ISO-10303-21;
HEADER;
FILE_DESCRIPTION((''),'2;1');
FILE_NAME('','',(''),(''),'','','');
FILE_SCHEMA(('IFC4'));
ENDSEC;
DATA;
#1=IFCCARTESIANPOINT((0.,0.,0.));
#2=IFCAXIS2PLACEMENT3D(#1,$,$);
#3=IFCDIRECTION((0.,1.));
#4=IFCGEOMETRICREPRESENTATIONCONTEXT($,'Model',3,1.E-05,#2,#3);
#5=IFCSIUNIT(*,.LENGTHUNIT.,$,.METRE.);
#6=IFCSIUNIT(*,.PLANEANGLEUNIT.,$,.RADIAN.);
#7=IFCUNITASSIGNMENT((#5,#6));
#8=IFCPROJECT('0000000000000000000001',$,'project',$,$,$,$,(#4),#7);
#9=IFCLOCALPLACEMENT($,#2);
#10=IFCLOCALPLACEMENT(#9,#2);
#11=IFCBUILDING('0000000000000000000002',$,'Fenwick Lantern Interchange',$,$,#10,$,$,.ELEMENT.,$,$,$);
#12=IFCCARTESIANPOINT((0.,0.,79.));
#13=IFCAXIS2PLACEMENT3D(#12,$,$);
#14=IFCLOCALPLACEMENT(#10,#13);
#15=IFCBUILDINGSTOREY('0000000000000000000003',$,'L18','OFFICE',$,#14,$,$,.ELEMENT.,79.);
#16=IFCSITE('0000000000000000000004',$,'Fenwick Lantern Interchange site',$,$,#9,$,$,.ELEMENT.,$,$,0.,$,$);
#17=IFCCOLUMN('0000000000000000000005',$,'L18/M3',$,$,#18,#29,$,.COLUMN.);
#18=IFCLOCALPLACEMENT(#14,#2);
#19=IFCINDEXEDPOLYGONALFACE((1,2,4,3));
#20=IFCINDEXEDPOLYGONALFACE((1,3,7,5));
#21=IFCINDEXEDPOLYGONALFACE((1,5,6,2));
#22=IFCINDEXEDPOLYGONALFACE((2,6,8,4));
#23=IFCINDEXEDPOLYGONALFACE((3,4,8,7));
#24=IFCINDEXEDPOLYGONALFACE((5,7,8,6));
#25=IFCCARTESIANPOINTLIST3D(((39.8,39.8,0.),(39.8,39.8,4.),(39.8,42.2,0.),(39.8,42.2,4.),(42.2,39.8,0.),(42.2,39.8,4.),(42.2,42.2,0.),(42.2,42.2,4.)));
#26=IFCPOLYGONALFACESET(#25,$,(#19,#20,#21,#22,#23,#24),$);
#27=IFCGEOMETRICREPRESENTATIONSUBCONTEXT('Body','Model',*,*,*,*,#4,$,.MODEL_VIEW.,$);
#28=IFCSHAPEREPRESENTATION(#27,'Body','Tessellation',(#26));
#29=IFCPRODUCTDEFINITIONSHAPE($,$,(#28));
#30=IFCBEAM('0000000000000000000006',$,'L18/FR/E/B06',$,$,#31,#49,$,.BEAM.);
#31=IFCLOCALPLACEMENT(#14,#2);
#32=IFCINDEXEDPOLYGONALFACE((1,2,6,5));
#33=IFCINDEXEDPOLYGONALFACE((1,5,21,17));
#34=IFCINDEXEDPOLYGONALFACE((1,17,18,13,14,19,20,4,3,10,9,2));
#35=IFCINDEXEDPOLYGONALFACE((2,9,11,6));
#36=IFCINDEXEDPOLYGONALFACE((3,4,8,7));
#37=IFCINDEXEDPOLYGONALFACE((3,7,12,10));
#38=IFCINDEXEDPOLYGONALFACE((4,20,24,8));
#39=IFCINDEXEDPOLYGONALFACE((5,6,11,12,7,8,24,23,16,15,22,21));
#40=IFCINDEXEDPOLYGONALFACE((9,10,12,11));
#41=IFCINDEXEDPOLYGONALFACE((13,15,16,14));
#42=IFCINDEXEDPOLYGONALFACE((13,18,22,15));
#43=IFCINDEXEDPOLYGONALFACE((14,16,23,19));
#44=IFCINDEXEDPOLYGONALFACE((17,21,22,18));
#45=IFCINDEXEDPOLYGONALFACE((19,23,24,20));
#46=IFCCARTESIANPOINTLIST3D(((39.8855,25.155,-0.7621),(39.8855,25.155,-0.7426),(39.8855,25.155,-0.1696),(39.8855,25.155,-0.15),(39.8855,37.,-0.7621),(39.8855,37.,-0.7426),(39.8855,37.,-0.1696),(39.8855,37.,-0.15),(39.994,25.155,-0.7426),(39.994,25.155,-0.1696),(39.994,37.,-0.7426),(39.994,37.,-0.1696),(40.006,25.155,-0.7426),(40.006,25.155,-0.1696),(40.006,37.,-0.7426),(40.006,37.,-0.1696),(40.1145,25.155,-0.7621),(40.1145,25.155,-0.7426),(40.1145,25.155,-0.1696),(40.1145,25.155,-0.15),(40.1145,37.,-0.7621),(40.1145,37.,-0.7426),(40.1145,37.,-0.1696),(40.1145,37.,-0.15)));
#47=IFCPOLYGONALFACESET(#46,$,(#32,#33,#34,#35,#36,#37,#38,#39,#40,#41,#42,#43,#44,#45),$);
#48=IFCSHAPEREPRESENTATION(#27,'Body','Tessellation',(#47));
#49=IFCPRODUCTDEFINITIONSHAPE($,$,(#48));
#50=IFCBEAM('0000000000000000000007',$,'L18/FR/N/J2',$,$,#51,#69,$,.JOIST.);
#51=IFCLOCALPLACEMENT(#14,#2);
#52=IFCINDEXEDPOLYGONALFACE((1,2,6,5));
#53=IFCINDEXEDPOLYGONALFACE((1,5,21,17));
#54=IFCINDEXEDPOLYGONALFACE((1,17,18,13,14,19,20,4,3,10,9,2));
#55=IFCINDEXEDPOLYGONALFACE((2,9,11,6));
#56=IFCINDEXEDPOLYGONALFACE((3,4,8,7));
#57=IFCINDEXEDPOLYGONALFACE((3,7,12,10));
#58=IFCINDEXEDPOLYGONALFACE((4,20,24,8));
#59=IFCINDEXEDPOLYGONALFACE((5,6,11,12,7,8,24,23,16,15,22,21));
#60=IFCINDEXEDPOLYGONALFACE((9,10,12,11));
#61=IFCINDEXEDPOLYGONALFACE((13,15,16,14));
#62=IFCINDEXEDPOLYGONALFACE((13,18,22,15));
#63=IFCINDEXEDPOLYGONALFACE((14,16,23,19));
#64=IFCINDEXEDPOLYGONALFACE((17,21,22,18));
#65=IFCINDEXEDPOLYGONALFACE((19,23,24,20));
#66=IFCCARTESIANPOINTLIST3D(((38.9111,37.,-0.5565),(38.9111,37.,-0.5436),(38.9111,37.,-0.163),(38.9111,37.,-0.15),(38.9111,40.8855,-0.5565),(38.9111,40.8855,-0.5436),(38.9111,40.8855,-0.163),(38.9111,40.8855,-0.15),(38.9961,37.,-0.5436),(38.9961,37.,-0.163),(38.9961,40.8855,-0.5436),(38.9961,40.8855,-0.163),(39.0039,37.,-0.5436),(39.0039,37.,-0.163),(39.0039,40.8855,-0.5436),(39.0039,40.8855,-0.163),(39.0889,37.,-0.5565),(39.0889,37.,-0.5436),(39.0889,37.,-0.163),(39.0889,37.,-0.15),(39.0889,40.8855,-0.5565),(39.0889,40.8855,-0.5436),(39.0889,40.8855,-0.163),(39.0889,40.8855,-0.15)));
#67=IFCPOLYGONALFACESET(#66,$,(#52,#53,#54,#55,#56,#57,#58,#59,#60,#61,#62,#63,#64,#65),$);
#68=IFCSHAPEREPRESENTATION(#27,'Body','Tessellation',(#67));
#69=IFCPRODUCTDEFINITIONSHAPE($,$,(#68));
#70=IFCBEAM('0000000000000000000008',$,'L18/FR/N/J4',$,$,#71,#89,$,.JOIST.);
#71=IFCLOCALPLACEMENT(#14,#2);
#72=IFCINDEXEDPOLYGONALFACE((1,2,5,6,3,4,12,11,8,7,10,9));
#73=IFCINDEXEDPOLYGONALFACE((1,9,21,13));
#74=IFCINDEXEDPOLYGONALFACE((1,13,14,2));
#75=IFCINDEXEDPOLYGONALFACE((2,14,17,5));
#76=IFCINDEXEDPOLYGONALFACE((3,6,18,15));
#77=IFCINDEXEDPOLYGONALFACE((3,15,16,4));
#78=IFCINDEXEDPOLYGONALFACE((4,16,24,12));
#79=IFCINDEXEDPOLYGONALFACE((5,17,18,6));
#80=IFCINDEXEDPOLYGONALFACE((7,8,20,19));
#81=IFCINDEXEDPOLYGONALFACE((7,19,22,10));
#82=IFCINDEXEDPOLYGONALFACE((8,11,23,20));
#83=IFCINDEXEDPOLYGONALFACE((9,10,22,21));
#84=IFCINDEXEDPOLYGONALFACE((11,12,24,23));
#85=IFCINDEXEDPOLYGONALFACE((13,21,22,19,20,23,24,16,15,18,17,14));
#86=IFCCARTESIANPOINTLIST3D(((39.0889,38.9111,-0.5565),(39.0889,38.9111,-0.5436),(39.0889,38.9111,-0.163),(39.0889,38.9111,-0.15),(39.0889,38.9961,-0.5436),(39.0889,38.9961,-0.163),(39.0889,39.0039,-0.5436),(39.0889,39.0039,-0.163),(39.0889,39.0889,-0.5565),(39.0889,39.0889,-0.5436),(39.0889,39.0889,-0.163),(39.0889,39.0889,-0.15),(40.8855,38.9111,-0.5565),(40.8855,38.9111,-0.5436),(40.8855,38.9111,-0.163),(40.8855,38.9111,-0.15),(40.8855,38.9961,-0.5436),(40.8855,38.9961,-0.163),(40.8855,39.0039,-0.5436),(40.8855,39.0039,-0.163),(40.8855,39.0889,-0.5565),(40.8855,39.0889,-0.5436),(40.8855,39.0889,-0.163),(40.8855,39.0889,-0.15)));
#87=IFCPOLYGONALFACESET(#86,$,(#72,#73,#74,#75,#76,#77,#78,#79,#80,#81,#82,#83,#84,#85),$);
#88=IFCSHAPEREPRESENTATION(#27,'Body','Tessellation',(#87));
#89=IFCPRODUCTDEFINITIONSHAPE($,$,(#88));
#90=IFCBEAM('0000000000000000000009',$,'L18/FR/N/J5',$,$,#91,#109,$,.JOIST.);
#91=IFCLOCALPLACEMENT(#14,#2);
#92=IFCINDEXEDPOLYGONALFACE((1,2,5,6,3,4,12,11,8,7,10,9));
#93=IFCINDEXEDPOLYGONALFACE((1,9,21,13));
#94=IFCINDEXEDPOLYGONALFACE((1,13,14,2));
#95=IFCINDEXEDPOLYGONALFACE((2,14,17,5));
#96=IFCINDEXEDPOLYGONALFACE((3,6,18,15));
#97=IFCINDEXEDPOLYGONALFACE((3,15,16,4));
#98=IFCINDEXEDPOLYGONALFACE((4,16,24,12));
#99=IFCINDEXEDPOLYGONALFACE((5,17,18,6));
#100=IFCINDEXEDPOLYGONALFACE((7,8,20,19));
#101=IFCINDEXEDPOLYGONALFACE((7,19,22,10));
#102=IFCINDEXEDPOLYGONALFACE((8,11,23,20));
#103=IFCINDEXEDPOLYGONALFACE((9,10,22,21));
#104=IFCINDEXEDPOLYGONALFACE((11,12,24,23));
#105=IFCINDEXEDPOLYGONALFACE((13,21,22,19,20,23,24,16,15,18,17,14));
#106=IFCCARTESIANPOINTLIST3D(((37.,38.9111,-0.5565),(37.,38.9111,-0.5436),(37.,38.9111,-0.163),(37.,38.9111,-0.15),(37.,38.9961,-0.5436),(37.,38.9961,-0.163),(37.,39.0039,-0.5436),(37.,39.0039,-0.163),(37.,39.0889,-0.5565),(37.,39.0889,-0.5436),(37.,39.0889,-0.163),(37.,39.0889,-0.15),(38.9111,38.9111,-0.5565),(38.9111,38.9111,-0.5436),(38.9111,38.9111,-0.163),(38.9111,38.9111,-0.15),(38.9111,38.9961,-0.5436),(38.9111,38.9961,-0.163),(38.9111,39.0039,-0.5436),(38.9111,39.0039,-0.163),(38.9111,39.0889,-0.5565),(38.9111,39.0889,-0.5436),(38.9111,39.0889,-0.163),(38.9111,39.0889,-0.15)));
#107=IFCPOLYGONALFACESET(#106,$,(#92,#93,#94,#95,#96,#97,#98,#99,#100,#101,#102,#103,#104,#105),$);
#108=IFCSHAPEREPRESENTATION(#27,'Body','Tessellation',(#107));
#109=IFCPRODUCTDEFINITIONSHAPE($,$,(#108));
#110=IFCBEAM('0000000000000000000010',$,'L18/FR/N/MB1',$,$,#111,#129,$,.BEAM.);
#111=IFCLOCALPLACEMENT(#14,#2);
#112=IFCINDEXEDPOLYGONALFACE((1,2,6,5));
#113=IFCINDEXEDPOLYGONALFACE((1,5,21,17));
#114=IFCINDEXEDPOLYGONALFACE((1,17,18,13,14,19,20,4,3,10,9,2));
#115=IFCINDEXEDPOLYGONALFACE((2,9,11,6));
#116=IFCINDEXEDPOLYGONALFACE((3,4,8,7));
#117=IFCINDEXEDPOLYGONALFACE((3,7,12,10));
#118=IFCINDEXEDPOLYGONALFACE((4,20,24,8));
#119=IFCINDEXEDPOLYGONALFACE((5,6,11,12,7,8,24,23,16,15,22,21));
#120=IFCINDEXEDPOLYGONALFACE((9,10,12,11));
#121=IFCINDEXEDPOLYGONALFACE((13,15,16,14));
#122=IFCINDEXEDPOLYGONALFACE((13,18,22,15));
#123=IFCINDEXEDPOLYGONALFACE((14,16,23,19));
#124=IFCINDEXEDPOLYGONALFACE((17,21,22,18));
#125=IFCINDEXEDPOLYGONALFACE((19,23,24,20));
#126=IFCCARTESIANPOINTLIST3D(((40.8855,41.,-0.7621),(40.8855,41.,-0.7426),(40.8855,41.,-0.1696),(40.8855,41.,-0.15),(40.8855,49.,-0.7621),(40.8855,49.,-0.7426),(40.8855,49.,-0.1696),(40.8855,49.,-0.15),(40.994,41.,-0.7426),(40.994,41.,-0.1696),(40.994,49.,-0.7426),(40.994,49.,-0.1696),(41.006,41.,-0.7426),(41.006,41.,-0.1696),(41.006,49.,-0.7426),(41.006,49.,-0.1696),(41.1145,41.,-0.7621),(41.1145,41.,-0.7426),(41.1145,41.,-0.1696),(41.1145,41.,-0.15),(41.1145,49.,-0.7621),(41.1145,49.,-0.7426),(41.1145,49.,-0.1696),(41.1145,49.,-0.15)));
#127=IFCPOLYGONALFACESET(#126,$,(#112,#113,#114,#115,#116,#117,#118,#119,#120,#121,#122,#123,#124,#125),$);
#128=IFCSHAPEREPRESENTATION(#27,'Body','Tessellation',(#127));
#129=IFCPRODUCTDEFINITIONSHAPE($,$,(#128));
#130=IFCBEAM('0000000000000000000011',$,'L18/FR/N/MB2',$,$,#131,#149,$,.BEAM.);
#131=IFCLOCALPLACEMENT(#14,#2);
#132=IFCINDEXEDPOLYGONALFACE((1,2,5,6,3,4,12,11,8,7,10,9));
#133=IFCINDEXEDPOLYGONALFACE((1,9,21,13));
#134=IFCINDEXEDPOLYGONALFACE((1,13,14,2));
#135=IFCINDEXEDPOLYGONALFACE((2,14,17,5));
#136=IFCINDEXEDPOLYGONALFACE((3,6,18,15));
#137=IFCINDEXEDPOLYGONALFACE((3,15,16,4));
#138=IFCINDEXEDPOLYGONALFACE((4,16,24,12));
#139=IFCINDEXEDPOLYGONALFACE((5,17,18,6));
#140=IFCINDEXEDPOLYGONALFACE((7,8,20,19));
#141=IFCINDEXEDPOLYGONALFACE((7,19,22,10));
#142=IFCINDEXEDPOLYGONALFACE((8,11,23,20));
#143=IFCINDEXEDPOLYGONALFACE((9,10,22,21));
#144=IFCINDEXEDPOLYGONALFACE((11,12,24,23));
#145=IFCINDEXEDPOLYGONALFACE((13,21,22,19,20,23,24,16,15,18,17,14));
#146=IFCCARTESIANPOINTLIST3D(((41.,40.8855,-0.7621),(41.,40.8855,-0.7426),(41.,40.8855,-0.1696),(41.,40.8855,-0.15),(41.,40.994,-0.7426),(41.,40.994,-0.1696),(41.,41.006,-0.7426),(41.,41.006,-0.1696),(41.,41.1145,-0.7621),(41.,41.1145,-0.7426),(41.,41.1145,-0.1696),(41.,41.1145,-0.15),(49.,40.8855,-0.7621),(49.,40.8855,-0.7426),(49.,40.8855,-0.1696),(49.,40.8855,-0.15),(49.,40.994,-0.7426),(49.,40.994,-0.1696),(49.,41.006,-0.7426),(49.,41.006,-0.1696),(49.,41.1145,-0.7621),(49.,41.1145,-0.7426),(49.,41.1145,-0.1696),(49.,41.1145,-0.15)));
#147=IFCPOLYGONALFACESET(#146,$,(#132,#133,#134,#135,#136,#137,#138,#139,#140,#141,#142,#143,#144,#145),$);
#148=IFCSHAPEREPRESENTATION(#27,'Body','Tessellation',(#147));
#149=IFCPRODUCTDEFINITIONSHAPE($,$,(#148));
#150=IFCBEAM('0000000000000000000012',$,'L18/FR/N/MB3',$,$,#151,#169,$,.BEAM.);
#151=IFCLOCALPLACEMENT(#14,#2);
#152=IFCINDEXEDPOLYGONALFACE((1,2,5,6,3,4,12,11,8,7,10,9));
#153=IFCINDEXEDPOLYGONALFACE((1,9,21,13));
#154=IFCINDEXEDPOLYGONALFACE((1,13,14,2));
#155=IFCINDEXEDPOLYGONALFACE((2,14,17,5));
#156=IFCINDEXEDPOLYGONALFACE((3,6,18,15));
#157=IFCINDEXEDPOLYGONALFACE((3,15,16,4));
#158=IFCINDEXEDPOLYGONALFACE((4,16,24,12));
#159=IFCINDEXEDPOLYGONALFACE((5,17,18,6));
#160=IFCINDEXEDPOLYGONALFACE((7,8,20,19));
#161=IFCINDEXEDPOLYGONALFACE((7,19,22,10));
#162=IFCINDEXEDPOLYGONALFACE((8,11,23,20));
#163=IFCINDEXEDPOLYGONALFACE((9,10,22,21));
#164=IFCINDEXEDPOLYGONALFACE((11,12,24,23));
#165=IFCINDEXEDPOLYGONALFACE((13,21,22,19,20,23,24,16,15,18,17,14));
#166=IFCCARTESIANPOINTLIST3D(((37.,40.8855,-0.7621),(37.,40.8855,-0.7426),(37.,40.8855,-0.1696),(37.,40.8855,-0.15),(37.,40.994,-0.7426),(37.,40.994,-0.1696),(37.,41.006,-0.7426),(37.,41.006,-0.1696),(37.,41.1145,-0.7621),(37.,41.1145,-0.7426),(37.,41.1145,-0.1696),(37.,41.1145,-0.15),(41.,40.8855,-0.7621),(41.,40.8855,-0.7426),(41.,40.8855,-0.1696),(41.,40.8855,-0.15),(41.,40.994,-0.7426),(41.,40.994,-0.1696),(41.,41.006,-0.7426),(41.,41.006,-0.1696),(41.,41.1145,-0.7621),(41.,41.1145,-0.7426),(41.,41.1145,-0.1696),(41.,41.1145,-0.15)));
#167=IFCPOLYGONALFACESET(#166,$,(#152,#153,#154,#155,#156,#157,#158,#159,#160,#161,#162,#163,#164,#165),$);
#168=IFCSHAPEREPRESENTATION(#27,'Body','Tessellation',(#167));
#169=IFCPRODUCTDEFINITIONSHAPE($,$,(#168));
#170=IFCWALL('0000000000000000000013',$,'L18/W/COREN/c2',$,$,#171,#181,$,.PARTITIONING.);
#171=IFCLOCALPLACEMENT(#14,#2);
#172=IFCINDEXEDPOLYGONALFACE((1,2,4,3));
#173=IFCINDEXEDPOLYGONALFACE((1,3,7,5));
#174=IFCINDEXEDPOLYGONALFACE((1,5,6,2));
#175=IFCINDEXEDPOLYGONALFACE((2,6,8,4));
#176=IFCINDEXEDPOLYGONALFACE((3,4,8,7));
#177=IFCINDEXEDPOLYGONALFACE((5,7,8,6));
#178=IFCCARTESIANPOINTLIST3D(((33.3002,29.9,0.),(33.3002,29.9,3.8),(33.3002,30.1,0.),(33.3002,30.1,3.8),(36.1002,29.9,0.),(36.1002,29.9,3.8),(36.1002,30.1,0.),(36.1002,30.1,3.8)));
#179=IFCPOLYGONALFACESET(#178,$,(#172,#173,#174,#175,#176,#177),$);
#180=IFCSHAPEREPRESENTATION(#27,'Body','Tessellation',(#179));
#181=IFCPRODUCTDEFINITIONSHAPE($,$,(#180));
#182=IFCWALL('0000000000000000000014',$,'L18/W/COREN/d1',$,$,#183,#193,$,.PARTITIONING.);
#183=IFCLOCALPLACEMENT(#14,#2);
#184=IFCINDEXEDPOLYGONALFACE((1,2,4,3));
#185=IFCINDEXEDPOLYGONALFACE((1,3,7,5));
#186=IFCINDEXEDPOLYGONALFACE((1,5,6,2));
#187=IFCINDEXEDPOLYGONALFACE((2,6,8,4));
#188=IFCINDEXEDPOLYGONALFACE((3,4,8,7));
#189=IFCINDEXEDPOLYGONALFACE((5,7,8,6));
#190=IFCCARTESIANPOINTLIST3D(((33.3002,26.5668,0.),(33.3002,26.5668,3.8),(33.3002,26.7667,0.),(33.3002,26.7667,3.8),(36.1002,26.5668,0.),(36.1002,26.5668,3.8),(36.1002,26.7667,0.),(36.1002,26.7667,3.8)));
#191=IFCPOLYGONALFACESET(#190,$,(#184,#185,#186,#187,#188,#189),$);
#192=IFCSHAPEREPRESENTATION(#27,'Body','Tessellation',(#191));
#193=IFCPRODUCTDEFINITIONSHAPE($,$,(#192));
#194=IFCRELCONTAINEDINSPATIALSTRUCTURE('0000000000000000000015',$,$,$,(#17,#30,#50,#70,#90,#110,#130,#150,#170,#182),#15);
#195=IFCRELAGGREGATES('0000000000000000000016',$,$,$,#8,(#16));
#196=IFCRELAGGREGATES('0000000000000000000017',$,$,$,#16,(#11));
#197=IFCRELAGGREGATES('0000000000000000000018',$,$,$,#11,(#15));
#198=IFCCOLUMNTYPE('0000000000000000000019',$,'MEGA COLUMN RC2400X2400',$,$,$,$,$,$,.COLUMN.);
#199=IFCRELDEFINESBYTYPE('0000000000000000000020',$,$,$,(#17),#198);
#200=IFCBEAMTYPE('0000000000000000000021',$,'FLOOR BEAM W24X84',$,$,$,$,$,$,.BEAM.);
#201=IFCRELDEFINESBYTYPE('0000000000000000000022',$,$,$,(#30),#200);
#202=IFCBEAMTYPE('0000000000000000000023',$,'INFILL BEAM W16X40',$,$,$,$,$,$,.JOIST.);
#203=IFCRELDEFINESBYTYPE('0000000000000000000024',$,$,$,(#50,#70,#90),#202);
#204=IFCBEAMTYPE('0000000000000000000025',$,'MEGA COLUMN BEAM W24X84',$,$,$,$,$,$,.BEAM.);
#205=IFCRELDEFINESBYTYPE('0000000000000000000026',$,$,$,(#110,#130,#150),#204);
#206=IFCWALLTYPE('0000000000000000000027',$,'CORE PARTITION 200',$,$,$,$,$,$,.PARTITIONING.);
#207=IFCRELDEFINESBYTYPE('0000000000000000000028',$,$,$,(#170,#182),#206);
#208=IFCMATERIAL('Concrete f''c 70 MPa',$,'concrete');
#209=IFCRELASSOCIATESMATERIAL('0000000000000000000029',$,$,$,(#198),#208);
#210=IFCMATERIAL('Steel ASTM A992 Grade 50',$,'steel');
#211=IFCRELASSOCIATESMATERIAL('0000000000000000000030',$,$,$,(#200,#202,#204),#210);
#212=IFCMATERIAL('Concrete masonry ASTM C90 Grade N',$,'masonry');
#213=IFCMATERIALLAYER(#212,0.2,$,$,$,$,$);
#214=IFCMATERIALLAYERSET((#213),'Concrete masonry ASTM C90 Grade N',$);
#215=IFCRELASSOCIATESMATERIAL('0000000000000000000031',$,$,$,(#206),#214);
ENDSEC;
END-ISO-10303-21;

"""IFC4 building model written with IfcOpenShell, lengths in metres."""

from ifc_helpers import new_model, si_unit, direction, frame, frame_2d, origin, origin_2d, place, context, subcontext, project, spatial, rectangle, i_section, extrude, material, layer, layer_set, material_profile, profile_set, type_object, element, save


model = new_model("IFC4")

# Units and contexts
model_context = context("Model", 3, precision=1e-05, world=origin(), true_north=direction((0.0, 1.0)))
body_context = subcontext(model_context, "Body", "Model", "MODEL_VIEW")
ifc_project = project(units=[si_unit("LENGTHUNIT", "METRE"), si_unit("PLANEANGLEUNIT", "RADIAN")], contexts=[model_context])

# Site, building, storey
site_placement = place(None, origin())
site = spatial("IfcSite", under=ifc_project, at=site_placement, Name="Fenwick Lantern Interchange site", CompositionType="ELEMENT", RefElevation=0.0)
building_placement = place(site_placement, origin())
building = spatial("IfcBuilding", under=site, at=building_placement, Name="Fenwick Lantern Interchange", CompositionType="ELEMENT")
storey_placement = place(building_placement, frame((0.0, 0.0, 79.0)))
storey = spatial("IfcBuildingStorey", under=building, at=storey_placement, Name="L18", Description="OFFICE", CompositionType="ELEMENT", Elevation=79.0)

# Column
ifc_material_1 = material(Name="Concrete f'c 70 MPa", Category="concrete")
ifc_material_profile_1 = material_profile(ifc_material_1, rectangle(XDim=2.3999, YDim=2.3999, at=origin_2d()), Name="RC2400X2400")
ifc_profile_set_1 = profile_set([ifc_material_profile_1], Name="Concrete f'c 70 MPa")
column_type = type_object("IfcColumnType", Name="MEGA COLUMN RC2400X2400", PredefinedType="COLUMN", material=ifc_profile_set_1)
column_placement = place(storey_placement, frame((41.0, 41.0, 0.0), z_axis=(0.0, 0.0, 1.0), x_axis=(1.0, 0.0, 0.0)))
element("IfcColumn", 1, at=column_placement, inside=storey, type_object=column_type, Name="L18/M3", PredefinedType="COLUMN", context=body_context, shape_type="SweptSolid", body=[
    extrude(rectangle(XDim=2.3999, YDim=2.3999, at=origin_2d()), origin(), (0.0, 0.0, 1.0), 4.0),
])

# Beams
ifc_material_2 = material(Name="Steel ASTM A992 Grade 50", Category="steel")
ifc_material_profile_2 = material_profile(ifc_material_2, i_section(OverallWidth=0.229, OverallDepth=0.6121, WebThickness=0.012, FlangeThickness=0.0195, at=origin_2d()), Name="W24X84")
ifc_profile_set_2 = profile_set([ifc_material_profile_2], Name="Steel ASTM A992 Grade 50")
beam_type_1 = type_object("IfcBeamType", Name="FLOOR BEAM W24X84", PredefinedType="BEAM", material=ifc_profile_set_2)
beam_1_placement = place(storey_placement, frame((40.0, 25.155, -0.4561), z_axis=(0.0, 1.0, 0.0), x_axis=(-1.0, 0.0, 0.0)))
element("IfcBeam", 2, at=beam_1_placement, inside=storey, type_object=beam_type_1, Name="L18/FR/E/B06", PredefinedType="BEAM", context=body_context, shape_type="SweptSolid", body=[
    extrude(i_section(OverallWidth=0.229, OverallDepth=0.6121, WebThickness=0.012, FlangeThickness=0.0195, at=origin_2d()), origin(), (0.0, 0.0, 1.0), 11.845),
])
ifc_material_profile_3 = material_profile(ifc_material_2, i_section(OverallWidth=0.1777, OverallDepth=0.4065, WebThickness=0.0078, FlangeThickness=0.0129, at=origin_2d()), Name="W16X40")
ifc_profile_set_3 = profile_set([ifc_material_profile_3], Name="Steel ASTM A992 Grade 50")
beam_type_2 = type_object("IfcBeamType", Name="INFILL BEAM W16X40", PredefinedType="JOIST", material=ifc_profile_set_3)
beam_2_placement = place(storey_placement, frame((39.0, 40.8855, -0.3533), z_axis=(0.0, -1.0, 0.0), x_axis=(1.0, 0.0, 0.0)))
element("IfcBeam", 3, at=beam_2_placement, inside=storey, type_object=beam_type_2, Name="L18/FR/N/J2", PredefinedType="JOIST", context=body_context, shape_type="SweptSolid", body=[
    extrude(i_section(OverallWidth=0.1777, OverallDepth=0.4065, WebThickness=0.0078, FlangeThickness=0.0129, at=origin_2d()), origin(), (0.0, 0.0, 1.0), 3.8855),
])
beam_3_placement = place(storey_placement, frame((40.8855, 39.0, -0.3533), z_axis=(-1.0, 0.0, 0.0), x_axis=(0.0, -1.0, 0.0)))
element("IfcBeam", 4, at=beam_3_placement, inside=storey, type_object=beam_type_2, Name="L18/FR/N/J4", PredefinedType="JOIST", context=body_context, shape_type="SweptSolid", body=[
    extrude(i_section(OverallWidth=0.1777, OverallDepth=0.4065, WebThickness=0.0078, FlangeThickness=0.0129, at=origin_2d()), origin(), (0.0, 0.0, 1.0), 1.7966),
])
beam_4_placement = place(storey_placement, frame((38.9111, 39.0, -0.3533), z_axis=(-1.0, 0.0, 0.0), x_axis=(0.0, -1.0, 0.0)))
element("IfcBeam", 5, at=beam_4_placement, inside=storey, type_object=beam_type_2, Name="L18/FR/N/J5", PredefinedType="JOIST", context=body_context, shape_type="SweptSolid", body=[
    extrude(i_section(OverallWidth=0.1777, OverallDepth=0.4065, WebThickness=0.0078, FlangeThickness=0.0129, at=origin_2d()), origin(), (0.0, 0.0, 1.0), 1.9111),
])
ifc_material_profile_4 = material_profile(ifc_material_2, i_section(OverallWidth=0.229, OverallDepth=0.6121, WebThickness=0.012, FlangeThickness=0.0195, at=origin_2d()), Name="W24X84")
ifc_profile_set_4 = profile_set([ifc_material_profile_4], Name="Steel ASTM A992 Grade 50")
beam_type_3 = type_object("IfcBeamType", Name="MEGA COLUMN BEAM W24X84", PredefinedType="BEAM", material=ifc_profile_set_4)
for number, where, z_axis, x_axis, name in (
    (6, (41.0, 41.0, -0.4561), (0.0, 1.0, 0.0), (-1.0, 0.0, 0.0), "L18/FR/N/MB1"),
    (7, (41.0, 41.0, -0.4561), (1.0, 0.0, 0.0), (0.0, 1.0, 0.0), "L18/FR/N/MB2"),
):
    element("IfcBeam", number, at=place(storey_placement, frame(where, z_axis=z_axis, x_axis=x_axis)), inside=storey, type_object=beam_type_3, Name=name, PredefinedType="BEAM", context=body_context, shape_type="SweptSolid", body=[
        extrude(i_section(OverallWidth=0.229, OverallDepth=0.6121, WebThickness=0.012, FlangeThickness=0.0195, at=origin_2d()), origin(), (0.0, 0.0, 1.0), 8.0),
    ])
beam_5_placement = place(storey_placement, frame((41.0, 41.0, -0.4561), z_axis=(-1.0, 0.0, 0.0), x_axis=(0.0, -1.0, 0.0)))
element("IfcBeam", 8, at=beam_5_placement, inside=storey, type_object=beam_type_3, Name="L18/FR/N/MB3", PredefinedType="BEAM", context=body_context, shape_type="SweptSolid", body=[
    extrude(i_section(OverallWidth=0.229, OverallDepth=0.6121, WebThickness=0.012, FlangeThickness=0.0195, at=origin_2d()), origin(), (0.0, 0.0, 1.0), 4.0),
])

# Walls
ifc_material_3 = material(Name="Concrete masonry ASTM C90 Grade N", Category="masonry")
ifc_layer_1 = layer(ifc_material_3, 0.2)
ifc_layer_set_1 = layer_set([ifc_layer_1], Name="Concrete masonry ASTM C90 Grade N")
wall_type_1 = type_object("IfcWallType", Name="CORE PARTITION 200", PredefinedType="PARTITIONING", material=ifc_layer_set_1)
for number, where, z_axis, x_axis, name in (
    (9, (36.1001, 30.0, 0.0), (0.0, 0.0, 1.0), (-1.0, 0.0, 0.0), "L18/W/COREN/c2"),
    (10, (36.1001, 26.6667, 0.0), (0.0, 0.0, 1.0), (-1.0, 0.0, 0.0), "L18/W/COREN/d1"),
):
    element("IfcWall", number, at=place(storey_placement, frame(where, z_axis=z_axis, x_axis=x_axis)), inside=storey, type_object=wall_type_1, Name=name, PredefinedType="PARTITIONING", context=body_context, shape_type="SweptSolid", body=[
        extrude(rectangle(XDim=2.8, YDim=0.2, at=frame_2d((1.3999, 0.0))), origin(), (0.0, 0.0, 1.0), 3.8),
    ])

save(model, "model.ifc")
